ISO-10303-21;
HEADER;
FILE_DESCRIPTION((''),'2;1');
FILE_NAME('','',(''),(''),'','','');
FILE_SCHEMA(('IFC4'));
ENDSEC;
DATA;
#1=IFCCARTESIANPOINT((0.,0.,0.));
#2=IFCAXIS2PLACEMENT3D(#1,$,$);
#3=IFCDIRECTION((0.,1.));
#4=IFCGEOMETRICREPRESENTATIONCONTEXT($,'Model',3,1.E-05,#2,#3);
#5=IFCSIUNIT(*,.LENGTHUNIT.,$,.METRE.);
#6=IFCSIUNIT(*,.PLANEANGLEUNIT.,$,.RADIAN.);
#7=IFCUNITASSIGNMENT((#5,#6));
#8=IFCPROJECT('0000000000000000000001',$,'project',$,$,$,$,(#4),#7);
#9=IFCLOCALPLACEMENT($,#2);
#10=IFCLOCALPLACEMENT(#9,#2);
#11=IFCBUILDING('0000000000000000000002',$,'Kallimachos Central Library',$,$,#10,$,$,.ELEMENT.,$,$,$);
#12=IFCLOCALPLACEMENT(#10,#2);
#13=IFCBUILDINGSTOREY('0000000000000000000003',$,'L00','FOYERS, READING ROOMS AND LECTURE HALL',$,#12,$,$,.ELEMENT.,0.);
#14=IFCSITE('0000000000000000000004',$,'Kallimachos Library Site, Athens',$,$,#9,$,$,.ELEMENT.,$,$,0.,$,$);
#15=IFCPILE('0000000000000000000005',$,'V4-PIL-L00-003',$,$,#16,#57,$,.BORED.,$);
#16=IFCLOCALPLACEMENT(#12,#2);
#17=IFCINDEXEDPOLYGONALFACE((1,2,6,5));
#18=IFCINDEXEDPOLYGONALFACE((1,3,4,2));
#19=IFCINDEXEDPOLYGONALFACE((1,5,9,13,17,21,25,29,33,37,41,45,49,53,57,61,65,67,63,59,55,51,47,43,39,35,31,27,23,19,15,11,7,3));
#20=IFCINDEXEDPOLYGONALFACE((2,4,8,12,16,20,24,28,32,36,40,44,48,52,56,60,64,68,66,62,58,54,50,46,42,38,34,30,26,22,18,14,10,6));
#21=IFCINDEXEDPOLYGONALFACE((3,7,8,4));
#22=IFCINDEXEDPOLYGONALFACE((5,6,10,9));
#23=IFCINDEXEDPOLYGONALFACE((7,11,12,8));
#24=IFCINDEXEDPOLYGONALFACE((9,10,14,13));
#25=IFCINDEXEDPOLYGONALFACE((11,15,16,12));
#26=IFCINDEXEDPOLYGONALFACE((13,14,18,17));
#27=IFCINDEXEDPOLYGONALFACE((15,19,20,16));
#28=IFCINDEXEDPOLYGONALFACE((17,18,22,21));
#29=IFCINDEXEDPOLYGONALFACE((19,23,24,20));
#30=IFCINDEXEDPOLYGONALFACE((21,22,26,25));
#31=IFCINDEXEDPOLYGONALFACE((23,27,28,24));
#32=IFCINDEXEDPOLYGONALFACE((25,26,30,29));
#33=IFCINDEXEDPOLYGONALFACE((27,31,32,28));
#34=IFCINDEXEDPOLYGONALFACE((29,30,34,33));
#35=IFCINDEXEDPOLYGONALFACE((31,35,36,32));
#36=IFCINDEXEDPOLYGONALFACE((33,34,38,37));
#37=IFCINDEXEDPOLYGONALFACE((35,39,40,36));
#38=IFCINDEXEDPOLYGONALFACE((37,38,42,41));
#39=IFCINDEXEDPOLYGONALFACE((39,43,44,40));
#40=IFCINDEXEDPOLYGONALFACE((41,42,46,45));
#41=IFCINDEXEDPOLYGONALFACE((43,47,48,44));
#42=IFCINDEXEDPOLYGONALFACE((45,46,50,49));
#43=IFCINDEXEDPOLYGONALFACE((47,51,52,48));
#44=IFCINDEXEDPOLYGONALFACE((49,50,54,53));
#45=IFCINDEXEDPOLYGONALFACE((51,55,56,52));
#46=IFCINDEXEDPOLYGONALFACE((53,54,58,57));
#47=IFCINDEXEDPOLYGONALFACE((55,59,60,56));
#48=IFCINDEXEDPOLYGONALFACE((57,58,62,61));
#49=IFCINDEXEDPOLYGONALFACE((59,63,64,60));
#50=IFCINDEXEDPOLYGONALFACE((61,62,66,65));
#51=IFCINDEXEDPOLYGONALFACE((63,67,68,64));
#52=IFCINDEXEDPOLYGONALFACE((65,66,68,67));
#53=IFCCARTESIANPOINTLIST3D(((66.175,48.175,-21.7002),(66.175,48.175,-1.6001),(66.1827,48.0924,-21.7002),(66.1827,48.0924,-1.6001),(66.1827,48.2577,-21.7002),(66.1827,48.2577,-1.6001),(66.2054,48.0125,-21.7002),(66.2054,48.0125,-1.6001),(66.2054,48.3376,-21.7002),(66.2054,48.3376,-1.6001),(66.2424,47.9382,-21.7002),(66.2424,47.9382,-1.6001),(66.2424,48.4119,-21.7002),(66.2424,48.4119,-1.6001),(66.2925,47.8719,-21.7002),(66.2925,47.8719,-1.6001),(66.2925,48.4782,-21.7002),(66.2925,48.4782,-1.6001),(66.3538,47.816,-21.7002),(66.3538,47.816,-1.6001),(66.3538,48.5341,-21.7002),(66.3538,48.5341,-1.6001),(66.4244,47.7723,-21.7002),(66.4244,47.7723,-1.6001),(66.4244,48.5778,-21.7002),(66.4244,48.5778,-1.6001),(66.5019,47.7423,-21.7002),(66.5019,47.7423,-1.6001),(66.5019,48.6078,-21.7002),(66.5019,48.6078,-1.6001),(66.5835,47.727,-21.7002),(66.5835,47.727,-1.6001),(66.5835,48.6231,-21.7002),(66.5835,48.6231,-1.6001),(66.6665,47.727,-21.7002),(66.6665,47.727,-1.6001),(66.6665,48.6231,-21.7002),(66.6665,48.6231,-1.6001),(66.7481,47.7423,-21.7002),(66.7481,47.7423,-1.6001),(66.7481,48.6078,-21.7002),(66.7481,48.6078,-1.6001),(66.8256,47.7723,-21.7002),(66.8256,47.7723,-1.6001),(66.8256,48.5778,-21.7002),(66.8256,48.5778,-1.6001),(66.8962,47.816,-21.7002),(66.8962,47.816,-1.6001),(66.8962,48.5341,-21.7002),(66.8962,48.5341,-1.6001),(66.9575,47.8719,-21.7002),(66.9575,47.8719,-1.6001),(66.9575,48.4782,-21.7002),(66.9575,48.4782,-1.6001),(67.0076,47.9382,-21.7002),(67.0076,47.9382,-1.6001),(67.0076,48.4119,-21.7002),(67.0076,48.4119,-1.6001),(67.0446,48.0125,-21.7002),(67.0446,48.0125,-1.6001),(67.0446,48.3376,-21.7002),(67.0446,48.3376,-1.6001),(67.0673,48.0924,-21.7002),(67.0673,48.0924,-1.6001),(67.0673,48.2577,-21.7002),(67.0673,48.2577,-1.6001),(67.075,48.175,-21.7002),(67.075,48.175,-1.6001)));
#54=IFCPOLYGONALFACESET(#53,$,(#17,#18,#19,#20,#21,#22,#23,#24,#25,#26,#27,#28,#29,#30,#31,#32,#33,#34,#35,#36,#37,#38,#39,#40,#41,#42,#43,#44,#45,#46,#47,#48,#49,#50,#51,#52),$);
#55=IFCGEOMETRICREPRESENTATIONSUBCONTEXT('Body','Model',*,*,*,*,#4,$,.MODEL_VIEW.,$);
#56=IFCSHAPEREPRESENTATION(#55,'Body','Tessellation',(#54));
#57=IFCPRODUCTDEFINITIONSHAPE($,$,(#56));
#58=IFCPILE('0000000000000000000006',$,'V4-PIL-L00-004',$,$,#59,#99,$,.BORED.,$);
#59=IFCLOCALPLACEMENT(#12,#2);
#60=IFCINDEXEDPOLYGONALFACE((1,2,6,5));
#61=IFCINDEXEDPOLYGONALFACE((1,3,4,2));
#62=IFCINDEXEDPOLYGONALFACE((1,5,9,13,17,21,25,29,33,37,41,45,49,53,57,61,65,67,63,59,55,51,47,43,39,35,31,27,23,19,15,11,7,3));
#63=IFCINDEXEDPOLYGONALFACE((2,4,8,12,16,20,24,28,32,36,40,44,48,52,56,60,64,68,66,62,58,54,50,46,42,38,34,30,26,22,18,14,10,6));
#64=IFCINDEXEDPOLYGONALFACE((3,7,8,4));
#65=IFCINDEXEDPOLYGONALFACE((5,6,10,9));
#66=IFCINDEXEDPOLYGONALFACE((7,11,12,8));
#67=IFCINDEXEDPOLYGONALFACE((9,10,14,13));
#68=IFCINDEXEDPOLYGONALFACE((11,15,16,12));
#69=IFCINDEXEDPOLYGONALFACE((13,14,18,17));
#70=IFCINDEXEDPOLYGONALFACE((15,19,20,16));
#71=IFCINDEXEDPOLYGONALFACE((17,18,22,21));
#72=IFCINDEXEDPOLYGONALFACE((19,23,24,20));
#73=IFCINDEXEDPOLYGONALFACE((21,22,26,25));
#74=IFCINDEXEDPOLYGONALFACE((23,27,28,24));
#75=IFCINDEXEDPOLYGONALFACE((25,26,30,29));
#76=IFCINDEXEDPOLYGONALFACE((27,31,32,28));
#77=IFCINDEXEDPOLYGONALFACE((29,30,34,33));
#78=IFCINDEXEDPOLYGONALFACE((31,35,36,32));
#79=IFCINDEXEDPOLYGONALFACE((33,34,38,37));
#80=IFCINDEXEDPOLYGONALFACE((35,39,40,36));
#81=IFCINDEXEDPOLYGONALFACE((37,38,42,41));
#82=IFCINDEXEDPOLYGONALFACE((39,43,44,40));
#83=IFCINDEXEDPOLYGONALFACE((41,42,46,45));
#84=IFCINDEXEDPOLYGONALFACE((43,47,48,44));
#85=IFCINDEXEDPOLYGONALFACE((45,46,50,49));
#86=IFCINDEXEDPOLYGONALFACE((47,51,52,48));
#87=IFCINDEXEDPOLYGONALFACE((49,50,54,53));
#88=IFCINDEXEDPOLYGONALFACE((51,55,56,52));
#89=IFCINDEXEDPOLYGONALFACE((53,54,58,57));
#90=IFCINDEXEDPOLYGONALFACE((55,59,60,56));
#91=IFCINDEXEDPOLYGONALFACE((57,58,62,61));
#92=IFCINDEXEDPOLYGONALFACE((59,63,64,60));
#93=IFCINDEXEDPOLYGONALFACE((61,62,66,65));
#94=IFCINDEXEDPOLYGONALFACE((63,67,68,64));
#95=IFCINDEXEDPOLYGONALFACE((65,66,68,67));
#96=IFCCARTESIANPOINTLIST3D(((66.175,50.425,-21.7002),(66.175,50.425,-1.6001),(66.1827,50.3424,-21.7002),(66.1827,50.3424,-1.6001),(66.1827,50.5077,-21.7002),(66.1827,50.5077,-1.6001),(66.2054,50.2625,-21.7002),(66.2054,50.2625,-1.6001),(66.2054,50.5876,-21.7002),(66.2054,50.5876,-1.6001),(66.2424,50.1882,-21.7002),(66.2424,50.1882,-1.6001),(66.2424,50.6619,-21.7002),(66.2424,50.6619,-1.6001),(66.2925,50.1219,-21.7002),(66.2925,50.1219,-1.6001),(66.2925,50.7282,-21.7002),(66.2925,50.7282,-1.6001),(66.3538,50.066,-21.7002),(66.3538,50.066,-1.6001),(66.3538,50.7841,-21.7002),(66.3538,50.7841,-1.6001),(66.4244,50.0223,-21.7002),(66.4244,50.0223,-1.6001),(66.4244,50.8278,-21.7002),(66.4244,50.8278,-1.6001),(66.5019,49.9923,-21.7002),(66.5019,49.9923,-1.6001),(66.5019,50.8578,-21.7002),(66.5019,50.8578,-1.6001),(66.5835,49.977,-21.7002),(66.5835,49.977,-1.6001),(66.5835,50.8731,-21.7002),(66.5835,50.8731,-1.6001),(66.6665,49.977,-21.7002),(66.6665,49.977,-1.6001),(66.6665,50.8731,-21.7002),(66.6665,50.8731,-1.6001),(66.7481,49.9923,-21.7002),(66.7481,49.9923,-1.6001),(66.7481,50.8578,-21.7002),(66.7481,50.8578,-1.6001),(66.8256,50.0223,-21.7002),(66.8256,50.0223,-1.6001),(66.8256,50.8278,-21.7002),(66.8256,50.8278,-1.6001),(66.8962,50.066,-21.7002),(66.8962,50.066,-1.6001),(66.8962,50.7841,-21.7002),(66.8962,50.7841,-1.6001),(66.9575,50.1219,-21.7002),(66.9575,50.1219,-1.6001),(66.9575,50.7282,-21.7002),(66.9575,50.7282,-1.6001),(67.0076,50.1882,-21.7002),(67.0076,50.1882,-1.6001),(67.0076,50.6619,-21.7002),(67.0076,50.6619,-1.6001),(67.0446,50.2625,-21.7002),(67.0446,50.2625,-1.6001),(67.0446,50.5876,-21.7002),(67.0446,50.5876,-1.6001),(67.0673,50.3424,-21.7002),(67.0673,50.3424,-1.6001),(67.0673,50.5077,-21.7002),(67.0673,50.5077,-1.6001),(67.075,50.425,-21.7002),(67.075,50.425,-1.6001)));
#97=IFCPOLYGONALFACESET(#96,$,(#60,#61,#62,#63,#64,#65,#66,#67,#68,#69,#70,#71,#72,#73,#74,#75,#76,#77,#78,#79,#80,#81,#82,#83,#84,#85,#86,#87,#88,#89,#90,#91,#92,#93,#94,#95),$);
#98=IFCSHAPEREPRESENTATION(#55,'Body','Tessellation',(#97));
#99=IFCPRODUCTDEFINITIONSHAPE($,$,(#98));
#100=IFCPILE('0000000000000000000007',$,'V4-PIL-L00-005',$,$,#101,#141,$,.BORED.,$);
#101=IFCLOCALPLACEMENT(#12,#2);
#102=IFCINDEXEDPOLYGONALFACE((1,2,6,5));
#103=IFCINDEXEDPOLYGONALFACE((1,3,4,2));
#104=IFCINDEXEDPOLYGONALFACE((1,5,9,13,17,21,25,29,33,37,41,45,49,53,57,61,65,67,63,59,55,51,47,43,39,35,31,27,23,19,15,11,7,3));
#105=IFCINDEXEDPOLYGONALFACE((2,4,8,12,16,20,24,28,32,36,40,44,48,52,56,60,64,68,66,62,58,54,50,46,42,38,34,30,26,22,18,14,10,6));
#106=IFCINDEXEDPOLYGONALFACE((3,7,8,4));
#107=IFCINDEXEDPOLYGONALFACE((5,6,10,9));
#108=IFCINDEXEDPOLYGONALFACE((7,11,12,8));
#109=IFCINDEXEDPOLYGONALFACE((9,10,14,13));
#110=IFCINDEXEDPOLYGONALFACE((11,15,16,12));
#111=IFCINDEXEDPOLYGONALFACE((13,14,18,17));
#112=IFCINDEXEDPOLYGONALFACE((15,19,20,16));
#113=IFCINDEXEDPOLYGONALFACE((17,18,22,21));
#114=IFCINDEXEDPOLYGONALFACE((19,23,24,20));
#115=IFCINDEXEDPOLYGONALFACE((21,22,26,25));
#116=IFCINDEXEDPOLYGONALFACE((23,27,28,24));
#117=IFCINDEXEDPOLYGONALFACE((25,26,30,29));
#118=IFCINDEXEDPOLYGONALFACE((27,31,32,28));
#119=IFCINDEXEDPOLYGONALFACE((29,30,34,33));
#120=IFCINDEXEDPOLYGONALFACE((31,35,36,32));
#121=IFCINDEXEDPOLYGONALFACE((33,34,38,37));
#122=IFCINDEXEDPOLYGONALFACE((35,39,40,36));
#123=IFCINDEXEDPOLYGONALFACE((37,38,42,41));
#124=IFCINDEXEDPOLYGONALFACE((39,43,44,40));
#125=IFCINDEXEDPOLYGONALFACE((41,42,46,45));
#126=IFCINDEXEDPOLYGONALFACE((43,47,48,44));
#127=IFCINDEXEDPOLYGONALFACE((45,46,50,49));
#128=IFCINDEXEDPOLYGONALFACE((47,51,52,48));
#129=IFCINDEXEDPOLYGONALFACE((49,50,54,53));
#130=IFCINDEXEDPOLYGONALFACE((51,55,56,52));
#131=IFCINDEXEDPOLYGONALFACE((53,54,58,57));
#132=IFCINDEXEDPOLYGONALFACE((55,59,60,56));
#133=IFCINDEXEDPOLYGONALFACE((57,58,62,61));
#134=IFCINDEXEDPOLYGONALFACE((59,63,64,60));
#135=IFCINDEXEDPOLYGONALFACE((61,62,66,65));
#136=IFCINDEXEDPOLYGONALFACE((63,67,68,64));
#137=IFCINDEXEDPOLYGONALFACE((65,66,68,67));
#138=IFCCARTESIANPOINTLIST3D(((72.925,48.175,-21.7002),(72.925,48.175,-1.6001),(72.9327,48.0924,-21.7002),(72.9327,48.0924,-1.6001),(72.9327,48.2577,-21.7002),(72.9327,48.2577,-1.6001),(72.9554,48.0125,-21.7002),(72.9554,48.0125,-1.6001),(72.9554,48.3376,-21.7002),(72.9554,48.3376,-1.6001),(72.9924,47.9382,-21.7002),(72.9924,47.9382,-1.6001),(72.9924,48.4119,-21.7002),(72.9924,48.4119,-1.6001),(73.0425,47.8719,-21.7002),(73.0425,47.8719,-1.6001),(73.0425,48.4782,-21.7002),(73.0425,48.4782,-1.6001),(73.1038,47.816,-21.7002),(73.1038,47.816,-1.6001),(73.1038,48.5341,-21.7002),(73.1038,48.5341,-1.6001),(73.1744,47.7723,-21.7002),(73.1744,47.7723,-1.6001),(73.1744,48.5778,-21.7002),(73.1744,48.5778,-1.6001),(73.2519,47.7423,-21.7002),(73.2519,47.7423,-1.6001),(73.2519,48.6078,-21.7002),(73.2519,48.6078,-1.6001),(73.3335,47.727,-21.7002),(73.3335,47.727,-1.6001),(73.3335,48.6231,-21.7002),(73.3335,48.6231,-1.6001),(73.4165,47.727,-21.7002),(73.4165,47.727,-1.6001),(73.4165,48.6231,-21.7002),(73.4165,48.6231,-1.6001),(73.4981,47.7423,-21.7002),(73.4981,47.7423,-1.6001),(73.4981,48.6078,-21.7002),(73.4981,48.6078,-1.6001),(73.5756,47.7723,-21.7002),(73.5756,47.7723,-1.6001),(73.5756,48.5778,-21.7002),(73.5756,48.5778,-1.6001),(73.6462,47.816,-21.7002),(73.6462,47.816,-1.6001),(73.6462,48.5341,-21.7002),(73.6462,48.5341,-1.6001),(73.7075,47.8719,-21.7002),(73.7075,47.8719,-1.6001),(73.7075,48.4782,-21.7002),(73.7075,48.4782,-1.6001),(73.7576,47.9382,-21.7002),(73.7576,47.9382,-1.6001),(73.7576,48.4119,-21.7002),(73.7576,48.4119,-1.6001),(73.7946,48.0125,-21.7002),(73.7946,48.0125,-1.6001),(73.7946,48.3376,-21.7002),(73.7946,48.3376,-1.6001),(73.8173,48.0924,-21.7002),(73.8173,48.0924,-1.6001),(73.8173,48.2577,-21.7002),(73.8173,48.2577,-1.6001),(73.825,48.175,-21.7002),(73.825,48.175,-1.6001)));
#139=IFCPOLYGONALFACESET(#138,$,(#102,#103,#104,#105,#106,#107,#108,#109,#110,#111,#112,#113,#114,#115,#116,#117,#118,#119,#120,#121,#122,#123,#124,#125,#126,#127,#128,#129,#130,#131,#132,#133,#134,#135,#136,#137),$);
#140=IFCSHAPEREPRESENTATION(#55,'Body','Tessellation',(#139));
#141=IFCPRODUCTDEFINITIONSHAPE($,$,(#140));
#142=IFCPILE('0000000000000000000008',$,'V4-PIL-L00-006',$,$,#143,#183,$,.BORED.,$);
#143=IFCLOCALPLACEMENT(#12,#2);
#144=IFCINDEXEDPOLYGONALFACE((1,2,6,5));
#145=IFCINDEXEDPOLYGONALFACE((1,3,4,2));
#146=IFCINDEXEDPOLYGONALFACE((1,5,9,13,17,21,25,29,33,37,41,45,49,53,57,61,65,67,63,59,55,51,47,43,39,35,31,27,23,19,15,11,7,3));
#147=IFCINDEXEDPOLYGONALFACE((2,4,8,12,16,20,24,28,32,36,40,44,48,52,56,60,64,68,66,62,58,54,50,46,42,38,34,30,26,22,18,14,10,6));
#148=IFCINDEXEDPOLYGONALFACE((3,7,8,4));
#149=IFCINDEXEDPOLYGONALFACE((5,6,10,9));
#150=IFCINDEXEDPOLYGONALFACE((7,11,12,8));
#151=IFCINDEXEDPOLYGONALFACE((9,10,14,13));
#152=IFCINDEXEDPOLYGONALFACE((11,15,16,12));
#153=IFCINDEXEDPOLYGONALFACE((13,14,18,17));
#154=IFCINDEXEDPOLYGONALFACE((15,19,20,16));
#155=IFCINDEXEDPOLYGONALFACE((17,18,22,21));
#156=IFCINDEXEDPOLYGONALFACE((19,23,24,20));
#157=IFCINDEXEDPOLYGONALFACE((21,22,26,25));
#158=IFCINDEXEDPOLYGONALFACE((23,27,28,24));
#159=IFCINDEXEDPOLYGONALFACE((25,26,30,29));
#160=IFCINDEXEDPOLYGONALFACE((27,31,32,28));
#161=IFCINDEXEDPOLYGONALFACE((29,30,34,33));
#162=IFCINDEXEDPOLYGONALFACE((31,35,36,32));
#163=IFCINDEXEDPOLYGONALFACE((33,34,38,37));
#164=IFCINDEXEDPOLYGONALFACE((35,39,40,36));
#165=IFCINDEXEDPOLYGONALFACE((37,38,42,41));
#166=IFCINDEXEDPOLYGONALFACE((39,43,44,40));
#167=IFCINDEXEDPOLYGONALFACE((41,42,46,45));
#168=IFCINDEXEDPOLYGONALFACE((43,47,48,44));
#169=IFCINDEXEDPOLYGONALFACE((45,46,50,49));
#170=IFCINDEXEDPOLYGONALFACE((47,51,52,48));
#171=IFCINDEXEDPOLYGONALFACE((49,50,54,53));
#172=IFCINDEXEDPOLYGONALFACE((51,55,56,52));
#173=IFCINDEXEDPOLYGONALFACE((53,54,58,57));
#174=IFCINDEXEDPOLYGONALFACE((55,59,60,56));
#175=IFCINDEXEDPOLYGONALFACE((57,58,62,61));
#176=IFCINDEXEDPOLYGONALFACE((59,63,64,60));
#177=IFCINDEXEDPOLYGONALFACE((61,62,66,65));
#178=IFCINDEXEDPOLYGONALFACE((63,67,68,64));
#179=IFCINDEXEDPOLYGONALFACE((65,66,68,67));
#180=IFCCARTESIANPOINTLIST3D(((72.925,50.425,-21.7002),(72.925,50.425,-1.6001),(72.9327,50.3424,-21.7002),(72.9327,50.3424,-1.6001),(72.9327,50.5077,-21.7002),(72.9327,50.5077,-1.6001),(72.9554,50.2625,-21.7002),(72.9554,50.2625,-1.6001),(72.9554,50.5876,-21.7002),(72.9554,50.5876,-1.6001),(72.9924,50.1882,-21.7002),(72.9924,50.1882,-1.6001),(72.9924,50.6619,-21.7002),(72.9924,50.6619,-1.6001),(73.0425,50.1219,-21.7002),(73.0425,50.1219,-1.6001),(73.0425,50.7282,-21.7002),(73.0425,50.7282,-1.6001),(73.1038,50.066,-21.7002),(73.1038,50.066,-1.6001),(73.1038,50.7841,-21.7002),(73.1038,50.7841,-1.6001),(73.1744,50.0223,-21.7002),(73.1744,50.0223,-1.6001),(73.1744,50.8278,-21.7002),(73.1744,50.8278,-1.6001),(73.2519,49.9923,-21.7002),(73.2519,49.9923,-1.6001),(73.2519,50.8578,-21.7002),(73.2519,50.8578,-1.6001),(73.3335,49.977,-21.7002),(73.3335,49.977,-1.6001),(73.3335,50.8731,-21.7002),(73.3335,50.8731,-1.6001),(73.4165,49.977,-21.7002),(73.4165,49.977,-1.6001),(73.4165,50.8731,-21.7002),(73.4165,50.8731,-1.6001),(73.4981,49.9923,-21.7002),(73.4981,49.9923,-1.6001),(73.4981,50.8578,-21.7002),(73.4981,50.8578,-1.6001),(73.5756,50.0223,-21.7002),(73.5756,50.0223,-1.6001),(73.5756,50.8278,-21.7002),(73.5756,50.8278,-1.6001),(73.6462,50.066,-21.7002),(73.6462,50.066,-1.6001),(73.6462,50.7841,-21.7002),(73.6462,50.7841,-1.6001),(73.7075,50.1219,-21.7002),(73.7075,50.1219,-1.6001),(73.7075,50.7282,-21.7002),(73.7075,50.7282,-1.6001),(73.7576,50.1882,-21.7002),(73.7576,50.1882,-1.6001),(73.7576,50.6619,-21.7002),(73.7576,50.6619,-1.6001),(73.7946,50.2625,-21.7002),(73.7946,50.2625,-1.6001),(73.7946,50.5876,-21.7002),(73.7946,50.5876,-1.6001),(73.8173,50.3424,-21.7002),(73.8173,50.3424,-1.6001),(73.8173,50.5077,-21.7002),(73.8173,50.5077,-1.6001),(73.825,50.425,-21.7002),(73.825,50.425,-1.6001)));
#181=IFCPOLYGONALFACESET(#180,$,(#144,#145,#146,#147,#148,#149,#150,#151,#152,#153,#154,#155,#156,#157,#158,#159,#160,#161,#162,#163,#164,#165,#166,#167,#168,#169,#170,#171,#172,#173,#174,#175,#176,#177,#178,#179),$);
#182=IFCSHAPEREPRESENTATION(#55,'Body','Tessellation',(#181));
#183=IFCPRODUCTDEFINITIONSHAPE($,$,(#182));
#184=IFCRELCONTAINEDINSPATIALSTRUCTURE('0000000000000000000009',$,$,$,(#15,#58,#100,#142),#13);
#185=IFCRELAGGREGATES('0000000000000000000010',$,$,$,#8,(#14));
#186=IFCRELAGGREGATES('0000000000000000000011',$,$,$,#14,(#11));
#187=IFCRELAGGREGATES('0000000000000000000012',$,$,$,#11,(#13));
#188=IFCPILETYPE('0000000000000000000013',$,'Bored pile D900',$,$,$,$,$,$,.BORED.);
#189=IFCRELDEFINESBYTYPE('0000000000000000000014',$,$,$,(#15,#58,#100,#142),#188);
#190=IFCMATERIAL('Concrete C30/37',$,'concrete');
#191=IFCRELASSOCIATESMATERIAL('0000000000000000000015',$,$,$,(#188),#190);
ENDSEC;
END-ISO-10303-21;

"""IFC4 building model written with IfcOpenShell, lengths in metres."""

from ifc_helpers import new_model, si_unit, direction, frame, origin, origin_2d, place, context, subcontext, project, spatial, circle, extrude, material, type_object, element, save


model = new_model("IFC4")

# Units and contexts
model_context = context("Model", 3, precision=1e-05, world=origin(), true_north=direction((0.0, 1.0)))
body_context = subcontext(model_context, "Body", "Model", "MODEL_VIEW")
ifc_project = project(units=[si_unit("LENGTHUNIT", "METRE"), si_unit("PLANEANGLEUNIT", "RADIAN")], contexts=[model_context])

# Site, building, storey
site_placement = place(None, origin())
site = spatial("IfcSite", under=ifc_project, at=site_placement, Name="Kallimachos Library Site, Athens", CompositionType="ELEMENT", RefElevation=0.0)
building_placement = place(site_placement, origin())
building = spatial("IfcBuilding", under=site, at=building_placement, Name="Kallimachos Central Library", CompositionType="ELEMENT")
storey_placement = place(building_placement, origin())
storey = spatial("IfcBuildingStorey", under=building, at=storey_placement, Name="L00", Description="FOYERS, READING ROOMS AND LECTURE HALL", CompositionType="ELEMENT", Elevation=0.0)

# Piles
ifc_material_1 = material(Name="Concrete C30/37", Category="concrete")
pile_type = type_object("IfcPileType", Name="Bored pile D900", PredefinedType="BORED", material=ifc_material_1)
for number, where, z_axis, x_axis, name in (
    (1, (66.625, 48.175, -1.6001), (0.0, 0.0, -1.0), (1.0, 0.0, 0.0), "V4-PIL-L00-003"),
    (2, (66.625, 50.425, -1.6001), (0.0, 0.0, -1.0), (1.0, 0.0, 0.0), "V4-PIL-L00-004"),
    (3, (73.375, 48.175, -1.6001), (0.0, 0.0, -1.0), (1.0, 0.0, 0.0), "V4-PIL-L00-005"),
    (4, (73.375, 50.425, -1.6001), (0.0, 0.0, -1.0), (1.0, 0.0, 0.0), "V4-PIL-L00-006"),
):
    element("IfcPile", number, at=place(storey_placement, frame(where, z_axis=z_axis, x_axis=x_axis)), inside=storey, type_object=pile_type, Name=name, PredefinedType="BORED", context=body_context, shape_type="SweptSolid", body=[
        extrude(circle(Radius=0.45, at=origin_2d()), origin(), (0.0, 0.0, 1.0), 20.1001),
    ])

save(model, "model.ifc")
